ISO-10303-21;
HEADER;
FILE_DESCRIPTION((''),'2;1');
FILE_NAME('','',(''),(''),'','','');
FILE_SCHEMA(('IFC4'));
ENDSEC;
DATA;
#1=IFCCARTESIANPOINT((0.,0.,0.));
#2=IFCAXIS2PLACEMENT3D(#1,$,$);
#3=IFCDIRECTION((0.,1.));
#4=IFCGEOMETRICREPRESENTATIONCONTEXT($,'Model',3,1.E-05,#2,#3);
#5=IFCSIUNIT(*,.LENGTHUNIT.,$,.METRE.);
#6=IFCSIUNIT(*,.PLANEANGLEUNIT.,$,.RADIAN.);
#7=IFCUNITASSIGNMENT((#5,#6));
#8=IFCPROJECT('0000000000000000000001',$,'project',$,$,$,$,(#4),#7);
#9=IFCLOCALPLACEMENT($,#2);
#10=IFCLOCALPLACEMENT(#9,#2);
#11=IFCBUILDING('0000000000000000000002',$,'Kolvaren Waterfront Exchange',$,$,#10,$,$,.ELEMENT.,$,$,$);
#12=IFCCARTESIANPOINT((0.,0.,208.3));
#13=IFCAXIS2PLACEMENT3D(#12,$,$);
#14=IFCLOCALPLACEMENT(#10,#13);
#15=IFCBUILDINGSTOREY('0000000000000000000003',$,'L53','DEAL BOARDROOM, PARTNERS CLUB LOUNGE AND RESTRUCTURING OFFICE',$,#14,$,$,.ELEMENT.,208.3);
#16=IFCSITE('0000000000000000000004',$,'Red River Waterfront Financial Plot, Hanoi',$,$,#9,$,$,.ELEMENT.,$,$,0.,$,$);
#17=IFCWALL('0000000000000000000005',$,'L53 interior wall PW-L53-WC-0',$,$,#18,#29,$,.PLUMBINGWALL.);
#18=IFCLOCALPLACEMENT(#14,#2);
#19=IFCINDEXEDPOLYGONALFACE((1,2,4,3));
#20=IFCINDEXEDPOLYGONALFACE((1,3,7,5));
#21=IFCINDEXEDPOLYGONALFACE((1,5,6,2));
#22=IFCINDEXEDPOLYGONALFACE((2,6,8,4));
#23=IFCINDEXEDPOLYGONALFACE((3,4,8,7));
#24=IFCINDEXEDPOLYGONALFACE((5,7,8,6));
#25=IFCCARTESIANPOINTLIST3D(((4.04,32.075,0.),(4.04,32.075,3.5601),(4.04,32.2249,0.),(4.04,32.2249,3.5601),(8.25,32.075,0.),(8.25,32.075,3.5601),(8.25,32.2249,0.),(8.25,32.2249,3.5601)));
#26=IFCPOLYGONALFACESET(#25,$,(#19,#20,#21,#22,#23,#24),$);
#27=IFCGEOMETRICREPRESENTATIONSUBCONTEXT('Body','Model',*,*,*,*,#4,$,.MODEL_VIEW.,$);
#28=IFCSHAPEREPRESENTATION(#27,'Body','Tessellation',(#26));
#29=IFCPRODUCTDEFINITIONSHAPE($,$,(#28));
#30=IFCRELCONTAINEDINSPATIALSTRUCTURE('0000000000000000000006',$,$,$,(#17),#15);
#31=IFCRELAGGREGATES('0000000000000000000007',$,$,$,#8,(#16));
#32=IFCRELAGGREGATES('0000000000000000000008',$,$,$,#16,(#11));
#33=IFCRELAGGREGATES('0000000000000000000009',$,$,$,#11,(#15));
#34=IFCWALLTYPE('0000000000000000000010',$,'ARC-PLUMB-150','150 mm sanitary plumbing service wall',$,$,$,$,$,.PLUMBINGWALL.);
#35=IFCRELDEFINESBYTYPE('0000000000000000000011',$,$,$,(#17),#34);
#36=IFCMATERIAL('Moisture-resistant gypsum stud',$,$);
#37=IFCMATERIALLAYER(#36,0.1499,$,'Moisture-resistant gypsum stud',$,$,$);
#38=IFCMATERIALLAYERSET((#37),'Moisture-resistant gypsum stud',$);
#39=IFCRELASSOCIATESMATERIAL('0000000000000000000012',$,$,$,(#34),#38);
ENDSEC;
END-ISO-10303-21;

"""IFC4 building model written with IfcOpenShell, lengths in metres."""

from ifc_helpers import new_model, si_unit, direction, frame, frame_2d, origin, place, context, subcontext, project, spatial, rectangle, extrude, material, layer, layer_set, type_object, element, save


model = new_model("IFC4")

# Units and contexts
model_context = context("Model", 3, precision=1e-05, world=origin(), true_north=direction((0.0, 1.0)))
body_context = subcontext(model_context, "Body", "Model", "MODEL_VIEW")
ifc_project = project(units=[si_unit("LENGTHUNIT", "METRE"), si_unit("PLANEANGLEUNIT", "RADIAN")], contexts=[model_context])

# Site, building, storey
site_placement = place(None, origin())
site = spatial("IfcSite", under=ifc_project, at=site_placement, Name="Red River Waterfront Financial Plot, Hanoi", CompositionType="ELEMENT", RefElevation=0.0)
building_placement = place(site_placement, origin())
building = spatial("IfcBuilding", under=site, at=building_placement, Name="Kolvaren Waterfront Exchange", CompositionType="ELEMENT")
storey_placement = place(building_placement, frame((0.0, 0.0, 208.3)))
storey = spatial("IfcBuildingStorey", under=building, at=storey_placement, Name="L53", Description="DEAL BOARDROOM, PARTNERS CLUB LOUNGE AND RESTRUCTURING OFFICE", CompositionType="ELEMENT", Elevation=208.3)

# Wall
ifc_material_1 = material(Name="Moisture-resistant gypsum stud")
ifc_layer_1 = layer(ifc_material_1, 0.1499, Name="Moisture-resistant gypsum stud")
ifc_layer_set_1 = layer_set([ifc_layer_1], Name="Moisture-resistant gypsum stud")
wall_type_1 = type_object("IfcWallType", Name="ARC-PLUMB-150", Description="150 mm sanitary plumbing service wall", PredefinedType="PLUMBINGWALL", material=ifc_layer_set_1)
wall_1_placement = place(storey_placement, frame((4.04, 32.1499, 0.0), z_axis=(0.0, 0.0, 1.0), x_axis=(1.0, 0.0, 0.0)))
element("IfcWall", 1, at=wall_1_placement, inside=storey, type_object=wall_type_1, Name="L53 interior wall PW-L53-WC-0", PredefinedType="PLUMBINGWALL", context=body_context, shape_type="SweptSolid", body=[
    extrude(rectangle(XDim=4.21, YDim=0.1499, at=frame_2d((2.105, 0.0))), origin(), (0.0, 0.0, 1.0), 3.5601),
])

save(model, "model.ifc")
